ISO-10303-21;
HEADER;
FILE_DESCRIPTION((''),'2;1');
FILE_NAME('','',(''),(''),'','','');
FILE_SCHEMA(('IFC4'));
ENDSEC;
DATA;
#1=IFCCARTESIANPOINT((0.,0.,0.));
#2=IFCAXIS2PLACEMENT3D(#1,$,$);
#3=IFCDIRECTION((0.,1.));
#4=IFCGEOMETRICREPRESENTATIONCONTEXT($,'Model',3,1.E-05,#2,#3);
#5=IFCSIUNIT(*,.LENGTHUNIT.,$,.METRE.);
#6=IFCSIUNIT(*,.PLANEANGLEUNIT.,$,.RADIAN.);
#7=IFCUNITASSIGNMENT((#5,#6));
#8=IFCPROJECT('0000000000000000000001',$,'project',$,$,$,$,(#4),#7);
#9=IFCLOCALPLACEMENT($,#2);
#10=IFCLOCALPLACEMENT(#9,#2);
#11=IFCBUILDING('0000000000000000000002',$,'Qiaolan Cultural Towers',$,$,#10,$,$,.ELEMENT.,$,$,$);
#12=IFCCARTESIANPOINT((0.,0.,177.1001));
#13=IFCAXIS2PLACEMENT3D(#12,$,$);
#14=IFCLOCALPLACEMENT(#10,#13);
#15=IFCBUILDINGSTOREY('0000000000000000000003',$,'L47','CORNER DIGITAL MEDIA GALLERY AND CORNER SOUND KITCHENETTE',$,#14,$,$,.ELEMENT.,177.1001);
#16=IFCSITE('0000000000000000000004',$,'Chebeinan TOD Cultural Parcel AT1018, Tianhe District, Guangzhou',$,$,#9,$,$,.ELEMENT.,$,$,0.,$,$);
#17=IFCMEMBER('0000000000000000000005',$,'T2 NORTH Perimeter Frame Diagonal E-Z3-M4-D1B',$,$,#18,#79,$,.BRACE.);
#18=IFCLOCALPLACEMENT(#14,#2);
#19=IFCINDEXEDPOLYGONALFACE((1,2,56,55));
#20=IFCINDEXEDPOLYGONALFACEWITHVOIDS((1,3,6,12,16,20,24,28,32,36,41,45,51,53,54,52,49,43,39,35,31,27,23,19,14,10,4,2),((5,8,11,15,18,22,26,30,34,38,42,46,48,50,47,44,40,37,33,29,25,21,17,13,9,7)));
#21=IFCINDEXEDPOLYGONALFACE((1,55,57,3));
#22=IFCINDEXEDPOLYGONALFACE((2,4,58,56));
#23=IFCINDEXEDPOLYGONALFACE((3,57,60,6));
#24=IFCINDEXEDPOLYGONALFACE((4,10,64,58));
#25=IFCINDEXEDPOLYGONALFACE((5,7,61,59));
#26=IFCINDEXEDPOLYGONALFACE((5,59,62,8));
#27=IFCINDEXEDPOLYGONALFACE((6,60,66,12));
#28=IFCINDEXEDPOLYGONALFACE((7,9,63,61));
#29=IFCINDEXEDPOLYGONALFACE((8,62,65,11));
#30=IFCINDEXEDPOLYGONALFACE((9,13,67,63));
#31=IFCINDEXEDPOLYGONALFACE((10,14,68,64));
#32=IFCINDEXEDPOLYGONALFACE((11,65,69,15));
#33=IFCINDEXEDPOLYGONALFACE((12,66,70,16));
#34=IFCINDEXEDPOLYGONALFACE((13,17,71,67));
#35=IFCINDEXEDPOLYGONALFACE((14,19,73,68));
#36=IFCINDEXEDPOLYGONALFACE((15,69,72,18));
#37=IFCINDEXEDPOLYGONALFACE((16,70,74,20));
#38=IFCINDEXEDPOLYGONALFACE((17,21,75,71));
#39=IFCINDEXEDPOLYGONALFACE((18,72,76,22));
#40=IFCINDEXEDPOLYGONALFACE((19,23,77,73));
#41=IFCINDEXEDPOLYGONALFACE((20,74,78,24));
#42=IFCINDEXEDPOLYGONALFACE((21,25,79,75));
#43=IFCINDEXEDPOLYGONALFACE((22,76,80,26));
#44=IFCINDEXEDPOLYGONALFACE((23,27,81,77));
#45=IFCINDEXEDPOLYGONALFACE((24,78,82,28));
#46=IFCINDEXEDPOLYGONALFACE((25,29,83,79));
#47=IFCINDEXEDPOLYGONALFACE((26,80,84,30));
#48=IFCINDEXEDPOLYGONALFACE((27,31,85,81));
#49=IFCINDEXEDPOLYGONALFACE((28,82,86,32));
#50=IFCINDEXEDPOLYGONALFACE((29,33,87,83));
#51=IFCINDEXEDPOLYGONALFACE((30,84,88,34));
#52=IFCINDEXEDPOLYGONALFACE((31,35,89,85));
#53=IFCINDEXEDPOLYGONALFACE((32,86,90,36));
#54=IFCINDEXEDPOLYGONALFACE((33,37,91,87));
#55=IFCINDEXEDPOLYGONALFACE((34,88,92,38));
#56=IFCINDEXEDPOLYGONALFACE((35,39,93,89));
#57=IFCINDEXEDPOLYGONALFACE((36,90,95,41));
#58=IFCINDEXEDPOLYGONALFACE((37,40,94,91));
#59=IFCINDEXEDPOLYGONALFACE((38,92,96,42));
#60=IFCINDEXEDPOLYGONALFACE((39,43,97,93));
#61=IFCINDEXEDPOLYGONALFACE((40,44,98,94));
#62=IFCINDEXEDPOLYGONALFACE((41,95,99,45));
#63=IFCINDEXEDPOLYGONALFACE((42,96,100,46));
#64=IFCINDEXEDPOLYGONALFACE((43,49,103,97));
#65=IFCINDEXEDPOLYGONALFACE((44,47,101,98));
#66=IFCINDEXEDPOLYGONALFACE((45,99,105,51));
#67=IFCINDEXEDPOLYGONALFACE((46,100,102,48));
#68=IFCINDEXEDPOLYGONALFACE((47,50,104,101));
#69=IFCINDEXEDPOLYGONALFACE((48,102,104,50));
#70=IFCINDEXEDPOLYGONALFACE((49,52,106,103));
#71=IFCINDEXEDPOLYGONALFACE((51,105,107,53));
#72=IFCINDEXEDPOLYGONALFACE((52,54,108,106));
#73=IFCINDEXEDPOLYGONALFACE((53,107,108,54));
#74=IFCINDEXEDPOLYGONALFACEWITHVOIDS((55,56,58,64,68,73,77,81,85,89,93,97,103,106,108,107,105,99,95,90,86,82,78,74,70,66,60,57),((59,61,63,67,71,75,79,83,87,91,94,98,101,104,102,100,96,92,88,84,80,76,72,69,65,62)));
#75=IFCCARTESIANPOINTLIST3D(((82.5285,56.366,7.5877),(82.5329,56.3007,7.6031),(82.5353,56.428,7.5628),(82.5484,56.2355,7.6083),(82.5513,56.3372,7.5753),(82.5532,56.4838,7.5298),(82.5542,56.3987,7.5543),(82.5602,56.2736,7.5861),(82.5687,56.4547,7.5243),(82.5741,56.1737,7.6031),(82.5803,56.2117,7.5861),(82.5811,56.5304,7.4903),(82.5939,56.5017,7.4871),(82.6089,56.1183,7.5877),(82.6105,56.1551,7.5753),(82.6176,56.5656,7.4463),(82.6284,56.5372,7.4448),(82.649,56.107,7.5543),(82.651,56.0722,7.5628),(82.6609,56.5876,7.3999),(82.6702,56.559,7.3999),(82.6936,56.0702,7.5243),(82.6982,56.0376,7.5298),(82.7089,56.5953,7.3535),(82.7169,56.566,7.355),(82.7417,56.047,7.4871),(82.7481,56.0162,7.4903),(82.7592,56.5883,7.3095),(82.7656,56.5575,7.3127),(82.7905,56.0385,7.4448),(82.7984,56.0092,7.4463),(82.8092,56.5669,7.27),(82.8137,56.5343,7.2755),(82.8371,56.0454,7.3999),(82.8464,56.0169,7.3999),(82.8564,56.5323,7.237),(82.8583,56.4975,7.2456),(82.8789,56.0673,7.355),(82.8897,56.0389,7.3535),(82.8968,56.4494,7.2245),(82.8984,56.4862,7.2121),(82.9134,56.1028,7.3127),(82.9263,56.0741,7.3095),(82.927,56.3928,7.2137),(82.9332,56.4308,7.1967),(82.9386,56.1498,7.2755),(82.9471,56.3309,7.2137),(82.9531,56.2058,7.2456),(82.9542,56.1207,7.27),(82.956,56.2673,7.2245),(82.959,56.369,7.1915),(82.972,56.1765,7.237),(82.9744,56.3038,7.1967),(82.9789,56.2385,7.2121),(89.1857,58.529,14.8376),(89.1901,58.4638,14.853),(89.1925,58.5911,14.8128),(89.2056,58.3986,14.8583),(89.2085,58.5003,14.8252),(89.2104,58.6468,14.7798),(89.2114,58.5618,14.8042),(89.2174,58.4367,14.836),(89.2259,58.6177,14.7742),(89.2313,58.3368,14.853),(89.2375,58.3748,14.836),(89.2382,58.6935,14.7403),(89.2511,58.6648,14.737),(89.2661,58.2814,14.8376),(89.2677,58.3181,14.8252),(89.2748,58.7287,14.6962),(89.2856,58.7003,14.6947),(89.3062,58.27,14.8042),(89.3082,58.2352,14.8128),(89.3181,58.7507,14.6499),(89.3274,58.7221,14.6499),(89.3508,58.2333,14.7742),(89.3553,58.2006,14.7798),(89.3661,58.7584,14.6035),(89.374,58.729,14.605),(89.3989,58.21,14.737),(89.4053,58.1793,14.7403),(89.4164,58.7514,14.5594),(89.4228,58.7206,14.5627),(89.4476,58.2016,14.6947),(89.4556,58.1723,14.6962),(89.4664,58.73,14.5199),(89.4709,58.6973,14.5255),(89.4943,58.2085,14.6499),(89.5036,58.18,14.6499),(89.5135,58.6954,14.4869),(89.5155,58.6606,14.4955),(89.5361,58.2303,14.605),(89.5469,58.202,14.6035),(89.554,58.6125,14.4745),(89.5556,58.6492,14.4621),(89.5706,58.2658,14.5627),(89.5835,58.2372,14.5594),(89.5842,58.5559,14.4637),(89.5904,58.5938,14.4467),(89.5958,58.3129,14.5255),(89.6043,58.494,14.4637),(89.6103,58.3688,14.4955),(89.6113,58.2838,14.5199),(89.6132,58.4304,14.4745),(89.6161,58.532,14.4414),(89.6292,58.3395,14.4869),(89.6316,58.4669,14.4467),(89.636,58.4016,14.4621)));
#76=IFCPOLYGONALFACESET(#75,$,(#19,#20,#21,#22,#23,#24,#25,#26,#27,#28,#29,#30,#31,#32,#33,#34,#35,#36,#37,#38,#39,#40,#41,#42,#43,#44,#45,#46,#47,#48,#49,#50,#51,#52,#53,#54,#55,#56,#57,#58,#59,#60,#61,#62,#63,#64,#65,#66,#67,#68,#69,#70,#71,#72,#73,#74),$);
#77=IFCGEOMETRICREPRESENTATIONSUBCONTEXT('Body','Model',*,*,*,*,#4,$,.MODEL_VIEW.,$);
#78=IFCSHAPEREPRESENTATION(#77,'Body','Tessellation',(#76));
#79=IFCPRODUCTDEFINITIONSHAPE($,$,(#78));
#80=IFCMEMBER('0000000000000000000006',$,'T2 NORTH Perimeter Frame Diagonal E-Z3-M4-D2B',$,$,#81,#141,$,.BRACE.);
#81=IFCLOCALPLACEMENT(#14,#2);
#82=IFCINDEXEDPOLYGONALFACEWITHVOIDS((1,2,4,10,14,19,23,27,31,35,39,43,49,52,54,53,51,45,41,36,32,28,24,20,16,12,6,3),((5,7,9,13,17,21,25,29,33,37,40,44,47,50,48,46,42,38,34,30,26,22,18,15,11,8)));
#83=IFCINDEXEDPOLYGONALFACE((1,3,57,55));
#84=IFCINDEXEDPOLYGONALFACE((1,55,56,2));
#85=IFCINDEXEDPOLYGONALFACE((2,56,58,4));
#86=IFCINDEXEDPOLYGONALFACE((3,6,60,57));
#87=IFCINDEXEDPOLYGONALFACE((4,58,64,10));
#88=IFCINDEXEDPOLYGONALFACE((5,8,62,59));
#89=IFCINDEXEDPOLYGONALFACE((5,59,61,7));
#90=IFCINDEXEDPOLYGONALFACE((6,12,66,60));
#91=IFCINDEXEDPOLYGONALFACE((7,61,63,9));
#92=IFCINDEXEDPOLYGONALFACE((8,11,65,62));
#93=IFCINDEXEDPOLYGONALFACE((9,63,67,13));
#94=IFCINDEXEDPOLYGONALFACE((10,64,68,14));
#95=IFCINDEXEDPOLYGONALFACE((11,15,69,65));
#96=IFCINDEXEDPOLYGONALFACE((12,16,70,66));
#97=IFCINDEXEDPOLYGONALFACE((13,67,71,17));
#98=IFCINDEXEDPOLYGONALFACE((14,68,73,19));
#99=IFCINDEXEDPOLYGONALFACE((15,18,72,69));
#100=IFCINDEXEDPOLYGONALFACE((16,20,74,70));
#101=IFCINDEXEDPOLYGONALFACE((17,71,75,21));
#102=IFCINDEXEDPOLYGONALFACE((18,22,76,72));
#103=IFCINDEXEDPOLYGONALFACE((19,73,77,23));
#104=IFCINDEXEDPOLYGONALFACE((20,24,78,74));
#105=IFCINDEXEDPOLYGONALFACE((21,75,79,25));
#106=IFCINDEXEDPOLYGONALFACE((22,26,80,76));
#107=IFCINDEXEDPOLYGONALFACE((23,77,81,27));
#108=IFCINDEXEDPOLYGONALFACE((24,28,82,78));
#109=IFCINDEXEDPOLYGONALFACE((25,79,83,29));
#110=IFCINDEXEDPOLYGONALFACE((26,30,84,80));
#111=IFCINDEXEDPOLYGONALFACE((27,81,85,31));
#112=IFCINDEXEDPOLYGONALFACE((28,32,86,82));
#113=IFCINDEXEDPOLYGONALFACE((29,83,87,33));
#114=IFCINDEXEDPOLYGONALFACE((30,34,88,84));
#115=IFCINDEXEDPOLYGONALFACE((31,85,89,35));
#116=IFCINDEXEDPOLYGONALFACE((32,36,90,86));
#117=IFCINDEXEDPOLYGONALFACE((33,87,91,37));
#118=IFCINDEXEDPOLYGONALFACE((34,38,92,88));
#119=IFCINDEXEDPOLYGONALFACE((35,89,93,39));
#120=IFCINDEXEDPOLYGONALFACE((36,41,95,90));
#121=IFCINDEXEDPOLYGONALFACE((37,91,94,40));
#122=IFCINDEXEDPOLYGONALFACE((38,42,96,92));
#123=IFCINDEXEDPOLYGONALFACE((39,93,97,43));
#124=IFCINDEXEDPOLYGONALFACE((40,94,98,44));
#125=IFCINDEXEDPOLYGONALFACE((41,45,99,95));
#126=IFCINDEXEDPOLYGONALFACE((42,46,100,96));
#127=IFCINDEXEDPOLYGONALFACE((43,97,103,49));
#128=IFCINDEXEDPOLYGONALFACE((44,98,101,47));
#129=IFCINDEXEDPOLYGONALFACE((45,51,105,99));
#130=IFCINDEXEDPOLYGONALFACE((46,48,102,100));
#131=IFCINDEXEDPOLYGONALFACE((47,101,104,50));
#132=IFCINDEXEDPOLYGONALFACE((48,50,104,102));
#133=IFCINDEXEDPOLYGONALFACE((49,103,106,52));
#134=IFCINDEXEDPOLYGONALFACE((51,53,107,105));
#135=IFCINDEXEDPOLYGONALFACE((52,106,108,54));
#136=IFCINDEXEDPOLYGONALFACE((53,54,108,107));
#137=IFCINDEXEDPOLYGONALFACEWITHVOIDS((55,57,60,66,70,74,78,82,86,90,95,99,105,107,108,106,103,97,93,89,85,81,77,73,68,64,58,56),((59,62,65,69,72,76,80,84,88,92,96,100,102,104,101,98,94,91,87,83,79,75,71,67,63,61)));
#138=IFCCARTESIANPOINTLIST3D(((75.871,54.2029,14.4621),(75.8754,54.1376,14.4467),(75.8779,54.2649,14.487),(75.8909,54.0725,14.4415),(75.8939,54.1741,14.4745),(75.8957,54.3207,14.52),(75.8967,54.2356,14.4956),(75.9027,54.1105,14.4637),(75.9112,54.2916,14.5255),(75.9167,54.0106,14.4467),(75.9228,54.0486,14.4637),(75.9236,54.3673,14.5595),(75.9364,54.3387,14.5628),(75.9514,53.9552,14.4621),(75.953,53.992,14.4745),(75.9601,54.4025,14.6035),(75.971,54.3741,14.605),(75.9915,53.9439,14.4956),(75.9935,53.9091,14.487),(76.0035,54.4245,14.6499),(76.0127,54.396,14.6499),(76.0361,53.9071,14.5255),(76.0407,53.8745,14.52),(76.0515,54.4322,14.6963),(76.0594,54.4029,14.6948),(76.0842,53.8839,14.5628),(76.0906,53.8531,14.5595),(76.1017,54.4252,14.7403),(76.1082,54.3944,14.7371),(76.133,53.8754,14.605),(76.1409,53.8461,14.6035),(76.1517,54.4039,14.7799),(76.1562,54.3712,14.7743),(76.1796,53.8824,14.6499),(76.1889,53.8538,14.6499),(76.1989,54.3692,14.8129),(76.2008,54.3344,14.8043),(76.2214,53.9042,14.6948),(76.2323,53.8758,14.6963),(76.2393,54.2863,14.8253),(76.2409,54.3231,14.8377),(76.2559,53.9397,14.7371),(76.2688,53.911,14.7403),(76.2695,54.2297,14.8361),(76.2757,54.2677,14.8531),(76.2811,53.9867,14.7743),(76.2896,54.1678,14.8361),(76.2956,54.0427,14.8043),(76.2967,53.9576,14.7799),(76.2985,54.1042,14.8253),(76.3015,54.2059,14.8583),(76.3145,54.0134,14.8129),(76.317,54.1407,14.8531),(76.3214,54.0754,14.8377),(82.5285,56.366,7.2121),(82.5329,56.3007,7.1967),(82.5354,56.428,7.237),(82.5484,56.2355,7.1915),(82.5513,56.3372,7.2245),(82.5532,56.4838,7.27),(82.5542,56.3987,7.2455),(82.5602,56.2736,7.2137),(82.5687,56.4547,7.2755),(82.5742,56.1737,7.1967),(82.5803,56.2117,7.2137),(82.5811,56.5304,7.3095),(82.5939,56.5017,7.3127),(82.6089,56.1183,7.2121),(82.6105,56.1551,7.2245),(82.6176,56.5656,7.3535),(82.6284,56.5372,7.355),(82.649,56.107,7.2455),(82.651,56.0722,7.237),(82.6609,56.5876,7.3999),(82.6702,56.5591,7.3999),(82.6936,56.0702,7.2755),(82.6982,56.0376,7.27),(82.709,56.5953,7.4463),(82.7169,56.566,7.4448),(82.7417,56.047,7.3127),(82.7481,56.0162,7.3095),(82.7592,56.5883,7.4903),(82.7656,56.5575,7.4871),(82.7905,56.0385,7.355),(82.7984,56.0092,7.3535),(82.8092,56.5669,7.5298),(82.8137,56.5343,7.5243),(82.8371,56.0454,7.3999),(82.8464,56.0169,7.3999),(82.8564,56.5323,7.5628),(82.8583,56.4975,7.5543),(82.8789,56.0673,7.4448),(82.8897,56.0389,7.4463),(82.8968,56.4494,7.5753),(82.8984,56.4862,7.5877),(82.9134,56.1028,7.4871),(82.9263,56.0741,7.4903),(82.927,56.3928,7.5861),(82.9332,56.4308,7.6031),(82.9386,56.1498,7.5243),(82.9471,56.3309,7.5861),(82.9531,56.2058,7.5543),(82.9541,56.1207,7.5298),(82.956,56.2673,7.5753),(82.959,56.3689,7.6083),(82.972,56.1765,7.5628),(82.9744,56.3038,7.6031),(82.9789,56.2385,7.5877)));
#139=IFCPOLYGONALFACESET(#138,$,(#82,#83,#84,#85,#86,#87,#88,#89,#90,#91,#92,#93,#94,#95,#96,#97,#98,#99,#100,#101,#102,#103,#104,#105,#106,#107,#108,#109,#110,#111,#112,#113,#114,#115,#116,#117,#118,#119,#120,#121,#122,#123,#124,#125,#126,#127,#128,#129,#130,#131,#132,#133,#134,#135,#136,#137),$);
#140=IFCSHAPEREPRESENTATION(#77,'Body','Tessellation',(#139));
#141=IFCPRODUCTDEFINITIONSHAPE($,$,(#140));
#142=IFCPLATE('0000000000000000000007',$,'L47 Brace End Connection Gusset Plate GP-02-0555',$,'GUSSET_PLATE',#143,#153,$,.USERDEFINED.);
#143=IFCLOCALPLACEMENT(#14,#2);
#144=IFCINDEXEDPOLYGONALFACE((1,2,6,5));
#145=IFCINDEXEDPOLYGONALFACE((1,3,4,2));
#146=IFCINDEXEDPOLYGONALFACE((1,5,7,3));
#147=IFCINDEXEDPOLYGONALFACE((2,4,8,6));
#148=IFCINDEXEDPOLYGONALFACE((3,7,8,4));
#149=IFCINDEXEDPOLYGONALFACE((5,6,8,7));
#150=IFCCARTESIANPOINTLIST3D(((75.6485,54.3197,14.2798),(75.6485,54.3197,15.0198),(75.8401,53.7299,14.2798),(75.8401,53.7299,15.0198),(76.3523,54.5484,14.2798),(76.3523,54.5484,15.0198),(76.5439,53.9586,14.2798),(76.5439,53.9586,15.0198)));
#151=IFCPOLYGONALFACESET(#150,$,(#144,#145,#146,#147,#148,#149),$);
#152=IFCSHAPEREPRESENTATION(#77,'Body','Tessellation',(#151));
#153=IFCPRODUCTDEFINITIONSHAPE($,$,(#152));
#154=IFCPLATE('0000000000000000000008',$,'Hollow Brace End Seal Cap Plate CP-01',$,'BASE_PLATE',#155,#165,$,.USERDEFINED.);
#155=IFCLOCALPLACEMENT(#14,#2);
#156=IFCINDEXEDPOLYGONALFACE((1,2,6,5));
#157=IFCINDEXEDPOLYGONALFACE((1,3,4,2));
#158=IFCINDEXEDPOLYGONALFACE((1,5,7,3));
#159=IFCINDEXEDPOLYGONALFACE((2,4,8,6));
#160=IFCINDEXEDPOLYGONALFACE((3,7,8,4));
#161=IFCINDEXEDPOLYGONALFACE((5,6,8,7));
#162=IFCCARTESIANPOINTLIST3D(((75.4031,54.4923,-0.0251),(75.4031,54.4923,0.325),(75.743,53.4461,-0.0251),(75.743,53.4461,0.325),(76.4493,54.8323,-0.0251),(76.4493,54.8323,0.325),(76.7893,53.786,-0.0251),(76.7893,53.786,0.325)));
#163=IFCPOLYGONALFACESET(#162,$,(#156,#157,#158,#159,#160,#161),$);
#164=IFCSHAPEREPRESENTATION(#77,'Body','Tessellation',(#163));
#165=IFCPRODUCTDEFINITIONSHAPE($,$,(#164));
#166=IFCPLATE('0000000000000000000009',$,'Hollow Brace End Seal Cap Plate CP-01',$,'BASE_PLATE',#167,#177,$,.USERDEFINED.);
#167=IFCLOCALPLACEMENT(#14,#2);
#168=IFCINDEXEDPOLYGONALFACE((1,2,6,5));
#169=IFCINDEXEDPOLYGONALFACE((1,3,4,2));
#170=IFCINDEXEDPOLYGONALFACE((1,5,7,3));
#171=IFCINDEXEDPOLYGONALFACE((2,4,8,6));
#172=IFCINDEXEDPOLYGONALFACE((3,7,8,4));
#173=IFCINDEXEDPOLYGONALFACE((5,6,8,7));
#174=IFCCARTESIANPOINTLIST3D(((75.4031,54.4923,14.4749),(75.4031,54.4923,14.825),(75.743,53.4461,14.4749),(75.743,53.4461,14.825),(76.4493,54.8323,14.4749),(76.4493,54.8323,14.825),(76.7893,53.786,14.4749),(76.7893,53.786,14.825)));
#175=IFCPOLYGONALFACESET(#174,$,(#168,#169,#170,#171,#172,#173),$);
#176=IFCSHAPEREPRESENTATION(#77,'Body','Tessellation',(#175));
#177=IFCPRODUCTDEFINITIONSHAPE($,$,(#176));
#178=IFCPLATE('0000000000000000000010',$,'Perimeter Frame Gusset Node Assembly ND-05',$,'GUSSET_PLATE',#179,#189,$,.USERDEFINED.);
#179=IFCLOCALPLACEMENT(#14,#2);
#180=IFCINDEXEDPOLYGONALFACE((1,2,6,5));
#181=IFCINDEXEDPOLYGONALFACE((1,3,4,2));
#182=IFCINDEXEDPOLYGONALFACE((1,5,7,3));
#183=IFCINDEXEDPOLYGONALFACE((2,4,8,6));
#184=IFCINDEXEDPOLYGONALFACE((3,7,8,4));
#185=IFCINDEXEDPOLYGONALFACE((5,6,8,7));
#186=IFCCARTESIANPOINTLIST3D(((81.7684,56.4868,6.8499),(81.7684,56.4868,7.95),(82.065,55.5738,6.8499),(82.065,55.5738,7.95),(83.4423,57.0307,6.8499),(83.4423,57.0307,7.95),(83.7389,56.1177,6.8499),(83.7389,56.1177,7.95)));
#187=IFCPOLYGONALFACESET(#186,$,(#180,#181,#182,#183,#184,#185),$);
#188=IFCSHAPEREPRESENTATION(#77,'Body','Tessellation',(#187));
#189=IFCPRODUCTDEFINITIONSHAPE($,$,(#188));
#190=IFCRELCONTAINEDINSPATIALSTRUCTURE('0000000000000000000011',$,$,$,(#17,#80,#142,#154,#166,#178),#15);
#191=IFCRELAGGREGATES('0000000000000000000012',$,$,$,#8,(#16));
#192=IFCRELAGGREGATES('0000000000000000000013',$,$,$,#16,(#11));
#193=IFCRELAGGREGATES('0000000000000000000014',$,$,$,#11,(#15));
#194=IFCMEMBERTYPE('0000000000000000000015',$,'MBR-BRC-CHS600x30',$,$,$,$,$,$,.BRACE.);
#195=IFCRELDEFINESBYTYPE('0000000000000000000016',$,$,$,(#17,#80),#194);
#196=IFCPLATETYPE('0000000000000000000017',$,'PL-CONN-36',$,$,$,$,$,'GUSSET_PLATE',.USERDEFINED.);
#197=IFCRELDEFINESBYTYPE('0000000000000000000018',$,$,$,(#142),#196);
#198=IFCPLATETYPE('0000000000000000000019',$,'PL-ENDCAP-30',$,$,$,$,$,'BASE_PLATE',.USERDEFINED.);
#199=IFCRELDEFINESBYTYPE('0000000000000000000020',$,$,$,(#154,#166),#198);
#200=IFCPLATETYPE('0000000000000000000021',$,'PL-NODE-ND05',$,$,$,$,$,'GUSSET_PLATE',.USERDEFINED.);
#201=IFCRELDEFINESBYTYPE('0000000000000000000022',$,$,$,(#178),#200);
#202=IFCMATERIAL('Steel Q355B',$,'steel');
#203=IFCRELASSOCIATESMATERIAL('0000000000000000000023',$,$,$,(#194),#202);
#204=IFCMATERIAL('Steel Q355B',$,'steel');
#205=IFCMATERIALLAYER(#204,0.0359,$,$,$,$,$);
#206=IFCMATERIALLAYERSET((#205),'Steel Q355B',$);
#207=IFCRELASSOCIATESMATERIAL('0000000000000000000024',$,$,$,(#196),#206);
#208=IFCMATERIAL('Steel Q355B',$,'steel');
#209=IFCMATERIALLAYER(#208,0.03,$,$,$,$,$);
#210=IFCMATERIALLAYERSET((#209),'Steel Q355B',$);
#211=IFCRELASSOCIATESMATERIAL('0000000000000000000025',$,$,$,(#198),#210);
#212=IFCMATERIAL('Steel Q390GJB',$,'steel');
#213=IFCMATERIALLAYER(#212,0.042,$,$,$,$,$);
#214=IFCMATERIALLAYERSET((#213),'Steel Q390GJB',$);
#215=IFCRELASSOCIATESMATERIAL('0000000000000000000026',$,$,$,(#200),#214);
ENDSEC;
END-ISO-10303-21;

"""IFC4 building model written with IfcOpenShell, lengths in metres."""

from ifc_helpers import new_model, si_unit, direction, frame, origin, origin_2d, place, context, subcontext, project, spatial, rectangle, hollow_circle, extrude, material, layer, layer_set, material_profile, profile_set, type_object, element, save


model = new_model("IFC4")

# Units and contexts
model_context = context("Model", 3, precision=1e-05, world=origin(), true_north=direction((0.0, 1.0)))
body_context = subcontext(model_context, "Body", "Model", "MODEL_VIEW")
ifc_project = project(units=[si_unit("LENGTHUNIT", "METRE"), si_unit("PLANEANGLEUNIT", "RADIAN")], contexts=[model_context])

# Site, building, storey
site_placement = place(None, origin())
site = spatial("IfcSite", under=ifc_project, at=site_placement, Name="Chebeinan TOD Cultural Parcel AT1018, Tianhe District, Guangzhou", CompositionType="ELEMENT", RefElevation=0.0)
building_placement = place(site_placement, origin())
building = spatial("IfcBuilding", under=site, at=building_placement, Name="Qiaolan Cultural Towers", CompositionType="ELEMENT")
storey_placement = place(building_placement, frame((0.0, 0.0, 177.1001)))
storey = spatial("IfcBuildingStorey", under=building, at=storey_placement, Name="L47", Description="CORNER DIGITAL MEDIA GALLERY AND CORNER SOUND KITCHENETTE", CompositionType="ELEMENT", Elevation=177.1001)

# Members
ifc_material_1 = material(Name="Steel Q355B", Category="steel")
ifc_material_profile_1 = material_profile(ifc_material_1, hollow_circle(Radius=0.3, WallThickness=0.03, at=origin_2d()), Name="CHS600x30")
ifc_profile_set_1 = profile_set([ifc_material_profile_1], Name="Steel Q355B")
member_type = type_object("IfcMemberType", Name="MBR-BRC-CHS600x30", PredefinedType="BRACE", material=ifc_profile_set_1)
member_1_placement = place(storey_placement, frame((82.7537, 56.3022, 7.3999), z_axis=(0.66059, 0.214641, 0.71941), x_axis=(-0.30902, 0.951056, 0.0)))
element("IfcMember", 1, at=member_1_placement, inside=storey, type_object=member_type, Name="T2 NORTH Perimeter Frame Diagonal E-Z3-M4-D1B", PredefinedType="BRACE", context=body_context, shape_type="SweptSolid", body=[
    extrude(hollow_circle(Radius=0.3, WallThickness=0.03, at=origin_2d()), origin(), (0.0, 0.0, 1.0), 10.0776),
])
member_2_placement = place(storey_placement, frame((82.7537, 56.3022, 7.3999), z_axis=(-0.660603, -0.214637, 0.719398), x_axis=(0.30901, -0.951059, 0.0)))
element("IfcMember", 2, at=member_2_placement, inside=storey, type_object=member_type, Name="T2 NORTH Perimeter Frame Diagonal E-Z3-M4-D2B", PredefinedType="BRACE", context=body_context, shape_type="SweptSolid", body=[
    extrude(hollow_circle(Radius=0.3, WallThickness=0.03, at=origin_2d()), origin(), (0.0, 0.0, 1.0), 10.0779),
])

# Plates
ifc_material_2 = material(Name="Steel Q355B", Category="steel")
ifc_layer_1 = layer(ifc_material_2, 0.0359)
ifc_layer_set_1 = layer_set([ifc_layer_1], Name="Steel Q355B")
plate_type_1 = type_object("IfcPlateType", Name="PL-CONN-36", ElementType="GUSSET_PLATE", PredefinedType="USERDEFINED", material=ifc_layer_set_1)
plate_1_placement = place(storey_placement, frame((76.0962, 54.1392, 14.2798), z_axis=(0.0, 0.0, 1.0), x_axis=(0.951057, 0.309017, 0.0)))
element("IfcPlate", 3, at=plate_1_placement, inside=storey, type_object=plate_type_1, Name="L47 Brace End Connection Gusset Plate GP-02-0555", ObjectType="GUSSET_PLATE", PredefinedType="USERDEFINED", context=body_context, shape_type="SweptSolid", body=[
    extrude(rectangle(XDim=0.74, YDim=0.6201, at=origin_2d()), origin(), (0.0, 0.0, 1.0), 0.74),
])
ifc_material_3 = material(Name="Steel Q355B", Category="steel")
ifc_layer_2 = layer(ifc_material_3, 0.03)
ifc_layer_set_2 = layer_set([ifc_layer_2], Name="Steel Q355B")
plate_type_2 = type_object("IfcPlateType", Name="PL-ENDCAP-30", ElementType="BASE_PLATE", PredefinedType="USERDEFINED", material=ifc_layer_set_2)
for number, where, z_axis, x_axis, name in (
    (4, (76.0962, 54.1392, -0.0251), (0.0, 0.0, 1.0), (0.951057, 0.309017, 0.0), "Hollow Brace End Seal Cap Plate CP-01"),
    (5, (76.0962, 54.1392, 14.4749), (0.0, 0.0, 1.0), (0.951057, 0.309017, 0.0), "Hollow Brace End Seal Cap Plate CP-01"),
):
    element("IfcPlate", number, at=place(storey_placement, frame(where, z_axis=z_axis, x_axis=x_axis)), inside=storey, type_object=plate_type_2, Name=name, ObjectType="BASE_PLATE", PredefinedType="USERDEFINED", context=body_context, shape_type="SweptSolid", body=[
        extrude(rectangle(XDim=1.1001, YDim=1.1001, at=origin_2d()), origin(), (0.0, 0.0, 1.0), 0.3501),
    ])
ifc_material_4 = material(Name="Steel Q390GJB", Category="steel")
ifc_layer_3 = layer(ifc_material_4, 0.042)
ifc_layer_set_3 = layer_set([ifc_layer_3], Name="Steel Q390GJB")
plate_type_3 = type_object("IfcPlateType", Name="PL-NODE-ND05", ElementType="GUSSET_PLATE", PredefinedType="USERDEFINED", material=ifc_layer_set_3)
plate_2_placement = place(storey_placement, frame((82.7537, 56.3022, 6.8499), z_axis=(0.0, 0.0, 1.0), x_axis=(0.951057, 0.309017, 0.0)))
element("IfcPlate", 6, at=plate_2_placement, inside=storey, type_object=plate_type_3, Name="Perimeter Frame Gusset Node Assembly ND-05", ObjectType="GUSSET_PLATE", PredefinedType="USERDEFINED", context=body_context, shape_type="SweptSolid", body=[
    extrude(rectangle(XDim=1.76, YDim=0.96, at=origin_2d()), origin(), (0.0, 0.0, 1.0), 1.1001),
])

save(model, "model.ifc")
